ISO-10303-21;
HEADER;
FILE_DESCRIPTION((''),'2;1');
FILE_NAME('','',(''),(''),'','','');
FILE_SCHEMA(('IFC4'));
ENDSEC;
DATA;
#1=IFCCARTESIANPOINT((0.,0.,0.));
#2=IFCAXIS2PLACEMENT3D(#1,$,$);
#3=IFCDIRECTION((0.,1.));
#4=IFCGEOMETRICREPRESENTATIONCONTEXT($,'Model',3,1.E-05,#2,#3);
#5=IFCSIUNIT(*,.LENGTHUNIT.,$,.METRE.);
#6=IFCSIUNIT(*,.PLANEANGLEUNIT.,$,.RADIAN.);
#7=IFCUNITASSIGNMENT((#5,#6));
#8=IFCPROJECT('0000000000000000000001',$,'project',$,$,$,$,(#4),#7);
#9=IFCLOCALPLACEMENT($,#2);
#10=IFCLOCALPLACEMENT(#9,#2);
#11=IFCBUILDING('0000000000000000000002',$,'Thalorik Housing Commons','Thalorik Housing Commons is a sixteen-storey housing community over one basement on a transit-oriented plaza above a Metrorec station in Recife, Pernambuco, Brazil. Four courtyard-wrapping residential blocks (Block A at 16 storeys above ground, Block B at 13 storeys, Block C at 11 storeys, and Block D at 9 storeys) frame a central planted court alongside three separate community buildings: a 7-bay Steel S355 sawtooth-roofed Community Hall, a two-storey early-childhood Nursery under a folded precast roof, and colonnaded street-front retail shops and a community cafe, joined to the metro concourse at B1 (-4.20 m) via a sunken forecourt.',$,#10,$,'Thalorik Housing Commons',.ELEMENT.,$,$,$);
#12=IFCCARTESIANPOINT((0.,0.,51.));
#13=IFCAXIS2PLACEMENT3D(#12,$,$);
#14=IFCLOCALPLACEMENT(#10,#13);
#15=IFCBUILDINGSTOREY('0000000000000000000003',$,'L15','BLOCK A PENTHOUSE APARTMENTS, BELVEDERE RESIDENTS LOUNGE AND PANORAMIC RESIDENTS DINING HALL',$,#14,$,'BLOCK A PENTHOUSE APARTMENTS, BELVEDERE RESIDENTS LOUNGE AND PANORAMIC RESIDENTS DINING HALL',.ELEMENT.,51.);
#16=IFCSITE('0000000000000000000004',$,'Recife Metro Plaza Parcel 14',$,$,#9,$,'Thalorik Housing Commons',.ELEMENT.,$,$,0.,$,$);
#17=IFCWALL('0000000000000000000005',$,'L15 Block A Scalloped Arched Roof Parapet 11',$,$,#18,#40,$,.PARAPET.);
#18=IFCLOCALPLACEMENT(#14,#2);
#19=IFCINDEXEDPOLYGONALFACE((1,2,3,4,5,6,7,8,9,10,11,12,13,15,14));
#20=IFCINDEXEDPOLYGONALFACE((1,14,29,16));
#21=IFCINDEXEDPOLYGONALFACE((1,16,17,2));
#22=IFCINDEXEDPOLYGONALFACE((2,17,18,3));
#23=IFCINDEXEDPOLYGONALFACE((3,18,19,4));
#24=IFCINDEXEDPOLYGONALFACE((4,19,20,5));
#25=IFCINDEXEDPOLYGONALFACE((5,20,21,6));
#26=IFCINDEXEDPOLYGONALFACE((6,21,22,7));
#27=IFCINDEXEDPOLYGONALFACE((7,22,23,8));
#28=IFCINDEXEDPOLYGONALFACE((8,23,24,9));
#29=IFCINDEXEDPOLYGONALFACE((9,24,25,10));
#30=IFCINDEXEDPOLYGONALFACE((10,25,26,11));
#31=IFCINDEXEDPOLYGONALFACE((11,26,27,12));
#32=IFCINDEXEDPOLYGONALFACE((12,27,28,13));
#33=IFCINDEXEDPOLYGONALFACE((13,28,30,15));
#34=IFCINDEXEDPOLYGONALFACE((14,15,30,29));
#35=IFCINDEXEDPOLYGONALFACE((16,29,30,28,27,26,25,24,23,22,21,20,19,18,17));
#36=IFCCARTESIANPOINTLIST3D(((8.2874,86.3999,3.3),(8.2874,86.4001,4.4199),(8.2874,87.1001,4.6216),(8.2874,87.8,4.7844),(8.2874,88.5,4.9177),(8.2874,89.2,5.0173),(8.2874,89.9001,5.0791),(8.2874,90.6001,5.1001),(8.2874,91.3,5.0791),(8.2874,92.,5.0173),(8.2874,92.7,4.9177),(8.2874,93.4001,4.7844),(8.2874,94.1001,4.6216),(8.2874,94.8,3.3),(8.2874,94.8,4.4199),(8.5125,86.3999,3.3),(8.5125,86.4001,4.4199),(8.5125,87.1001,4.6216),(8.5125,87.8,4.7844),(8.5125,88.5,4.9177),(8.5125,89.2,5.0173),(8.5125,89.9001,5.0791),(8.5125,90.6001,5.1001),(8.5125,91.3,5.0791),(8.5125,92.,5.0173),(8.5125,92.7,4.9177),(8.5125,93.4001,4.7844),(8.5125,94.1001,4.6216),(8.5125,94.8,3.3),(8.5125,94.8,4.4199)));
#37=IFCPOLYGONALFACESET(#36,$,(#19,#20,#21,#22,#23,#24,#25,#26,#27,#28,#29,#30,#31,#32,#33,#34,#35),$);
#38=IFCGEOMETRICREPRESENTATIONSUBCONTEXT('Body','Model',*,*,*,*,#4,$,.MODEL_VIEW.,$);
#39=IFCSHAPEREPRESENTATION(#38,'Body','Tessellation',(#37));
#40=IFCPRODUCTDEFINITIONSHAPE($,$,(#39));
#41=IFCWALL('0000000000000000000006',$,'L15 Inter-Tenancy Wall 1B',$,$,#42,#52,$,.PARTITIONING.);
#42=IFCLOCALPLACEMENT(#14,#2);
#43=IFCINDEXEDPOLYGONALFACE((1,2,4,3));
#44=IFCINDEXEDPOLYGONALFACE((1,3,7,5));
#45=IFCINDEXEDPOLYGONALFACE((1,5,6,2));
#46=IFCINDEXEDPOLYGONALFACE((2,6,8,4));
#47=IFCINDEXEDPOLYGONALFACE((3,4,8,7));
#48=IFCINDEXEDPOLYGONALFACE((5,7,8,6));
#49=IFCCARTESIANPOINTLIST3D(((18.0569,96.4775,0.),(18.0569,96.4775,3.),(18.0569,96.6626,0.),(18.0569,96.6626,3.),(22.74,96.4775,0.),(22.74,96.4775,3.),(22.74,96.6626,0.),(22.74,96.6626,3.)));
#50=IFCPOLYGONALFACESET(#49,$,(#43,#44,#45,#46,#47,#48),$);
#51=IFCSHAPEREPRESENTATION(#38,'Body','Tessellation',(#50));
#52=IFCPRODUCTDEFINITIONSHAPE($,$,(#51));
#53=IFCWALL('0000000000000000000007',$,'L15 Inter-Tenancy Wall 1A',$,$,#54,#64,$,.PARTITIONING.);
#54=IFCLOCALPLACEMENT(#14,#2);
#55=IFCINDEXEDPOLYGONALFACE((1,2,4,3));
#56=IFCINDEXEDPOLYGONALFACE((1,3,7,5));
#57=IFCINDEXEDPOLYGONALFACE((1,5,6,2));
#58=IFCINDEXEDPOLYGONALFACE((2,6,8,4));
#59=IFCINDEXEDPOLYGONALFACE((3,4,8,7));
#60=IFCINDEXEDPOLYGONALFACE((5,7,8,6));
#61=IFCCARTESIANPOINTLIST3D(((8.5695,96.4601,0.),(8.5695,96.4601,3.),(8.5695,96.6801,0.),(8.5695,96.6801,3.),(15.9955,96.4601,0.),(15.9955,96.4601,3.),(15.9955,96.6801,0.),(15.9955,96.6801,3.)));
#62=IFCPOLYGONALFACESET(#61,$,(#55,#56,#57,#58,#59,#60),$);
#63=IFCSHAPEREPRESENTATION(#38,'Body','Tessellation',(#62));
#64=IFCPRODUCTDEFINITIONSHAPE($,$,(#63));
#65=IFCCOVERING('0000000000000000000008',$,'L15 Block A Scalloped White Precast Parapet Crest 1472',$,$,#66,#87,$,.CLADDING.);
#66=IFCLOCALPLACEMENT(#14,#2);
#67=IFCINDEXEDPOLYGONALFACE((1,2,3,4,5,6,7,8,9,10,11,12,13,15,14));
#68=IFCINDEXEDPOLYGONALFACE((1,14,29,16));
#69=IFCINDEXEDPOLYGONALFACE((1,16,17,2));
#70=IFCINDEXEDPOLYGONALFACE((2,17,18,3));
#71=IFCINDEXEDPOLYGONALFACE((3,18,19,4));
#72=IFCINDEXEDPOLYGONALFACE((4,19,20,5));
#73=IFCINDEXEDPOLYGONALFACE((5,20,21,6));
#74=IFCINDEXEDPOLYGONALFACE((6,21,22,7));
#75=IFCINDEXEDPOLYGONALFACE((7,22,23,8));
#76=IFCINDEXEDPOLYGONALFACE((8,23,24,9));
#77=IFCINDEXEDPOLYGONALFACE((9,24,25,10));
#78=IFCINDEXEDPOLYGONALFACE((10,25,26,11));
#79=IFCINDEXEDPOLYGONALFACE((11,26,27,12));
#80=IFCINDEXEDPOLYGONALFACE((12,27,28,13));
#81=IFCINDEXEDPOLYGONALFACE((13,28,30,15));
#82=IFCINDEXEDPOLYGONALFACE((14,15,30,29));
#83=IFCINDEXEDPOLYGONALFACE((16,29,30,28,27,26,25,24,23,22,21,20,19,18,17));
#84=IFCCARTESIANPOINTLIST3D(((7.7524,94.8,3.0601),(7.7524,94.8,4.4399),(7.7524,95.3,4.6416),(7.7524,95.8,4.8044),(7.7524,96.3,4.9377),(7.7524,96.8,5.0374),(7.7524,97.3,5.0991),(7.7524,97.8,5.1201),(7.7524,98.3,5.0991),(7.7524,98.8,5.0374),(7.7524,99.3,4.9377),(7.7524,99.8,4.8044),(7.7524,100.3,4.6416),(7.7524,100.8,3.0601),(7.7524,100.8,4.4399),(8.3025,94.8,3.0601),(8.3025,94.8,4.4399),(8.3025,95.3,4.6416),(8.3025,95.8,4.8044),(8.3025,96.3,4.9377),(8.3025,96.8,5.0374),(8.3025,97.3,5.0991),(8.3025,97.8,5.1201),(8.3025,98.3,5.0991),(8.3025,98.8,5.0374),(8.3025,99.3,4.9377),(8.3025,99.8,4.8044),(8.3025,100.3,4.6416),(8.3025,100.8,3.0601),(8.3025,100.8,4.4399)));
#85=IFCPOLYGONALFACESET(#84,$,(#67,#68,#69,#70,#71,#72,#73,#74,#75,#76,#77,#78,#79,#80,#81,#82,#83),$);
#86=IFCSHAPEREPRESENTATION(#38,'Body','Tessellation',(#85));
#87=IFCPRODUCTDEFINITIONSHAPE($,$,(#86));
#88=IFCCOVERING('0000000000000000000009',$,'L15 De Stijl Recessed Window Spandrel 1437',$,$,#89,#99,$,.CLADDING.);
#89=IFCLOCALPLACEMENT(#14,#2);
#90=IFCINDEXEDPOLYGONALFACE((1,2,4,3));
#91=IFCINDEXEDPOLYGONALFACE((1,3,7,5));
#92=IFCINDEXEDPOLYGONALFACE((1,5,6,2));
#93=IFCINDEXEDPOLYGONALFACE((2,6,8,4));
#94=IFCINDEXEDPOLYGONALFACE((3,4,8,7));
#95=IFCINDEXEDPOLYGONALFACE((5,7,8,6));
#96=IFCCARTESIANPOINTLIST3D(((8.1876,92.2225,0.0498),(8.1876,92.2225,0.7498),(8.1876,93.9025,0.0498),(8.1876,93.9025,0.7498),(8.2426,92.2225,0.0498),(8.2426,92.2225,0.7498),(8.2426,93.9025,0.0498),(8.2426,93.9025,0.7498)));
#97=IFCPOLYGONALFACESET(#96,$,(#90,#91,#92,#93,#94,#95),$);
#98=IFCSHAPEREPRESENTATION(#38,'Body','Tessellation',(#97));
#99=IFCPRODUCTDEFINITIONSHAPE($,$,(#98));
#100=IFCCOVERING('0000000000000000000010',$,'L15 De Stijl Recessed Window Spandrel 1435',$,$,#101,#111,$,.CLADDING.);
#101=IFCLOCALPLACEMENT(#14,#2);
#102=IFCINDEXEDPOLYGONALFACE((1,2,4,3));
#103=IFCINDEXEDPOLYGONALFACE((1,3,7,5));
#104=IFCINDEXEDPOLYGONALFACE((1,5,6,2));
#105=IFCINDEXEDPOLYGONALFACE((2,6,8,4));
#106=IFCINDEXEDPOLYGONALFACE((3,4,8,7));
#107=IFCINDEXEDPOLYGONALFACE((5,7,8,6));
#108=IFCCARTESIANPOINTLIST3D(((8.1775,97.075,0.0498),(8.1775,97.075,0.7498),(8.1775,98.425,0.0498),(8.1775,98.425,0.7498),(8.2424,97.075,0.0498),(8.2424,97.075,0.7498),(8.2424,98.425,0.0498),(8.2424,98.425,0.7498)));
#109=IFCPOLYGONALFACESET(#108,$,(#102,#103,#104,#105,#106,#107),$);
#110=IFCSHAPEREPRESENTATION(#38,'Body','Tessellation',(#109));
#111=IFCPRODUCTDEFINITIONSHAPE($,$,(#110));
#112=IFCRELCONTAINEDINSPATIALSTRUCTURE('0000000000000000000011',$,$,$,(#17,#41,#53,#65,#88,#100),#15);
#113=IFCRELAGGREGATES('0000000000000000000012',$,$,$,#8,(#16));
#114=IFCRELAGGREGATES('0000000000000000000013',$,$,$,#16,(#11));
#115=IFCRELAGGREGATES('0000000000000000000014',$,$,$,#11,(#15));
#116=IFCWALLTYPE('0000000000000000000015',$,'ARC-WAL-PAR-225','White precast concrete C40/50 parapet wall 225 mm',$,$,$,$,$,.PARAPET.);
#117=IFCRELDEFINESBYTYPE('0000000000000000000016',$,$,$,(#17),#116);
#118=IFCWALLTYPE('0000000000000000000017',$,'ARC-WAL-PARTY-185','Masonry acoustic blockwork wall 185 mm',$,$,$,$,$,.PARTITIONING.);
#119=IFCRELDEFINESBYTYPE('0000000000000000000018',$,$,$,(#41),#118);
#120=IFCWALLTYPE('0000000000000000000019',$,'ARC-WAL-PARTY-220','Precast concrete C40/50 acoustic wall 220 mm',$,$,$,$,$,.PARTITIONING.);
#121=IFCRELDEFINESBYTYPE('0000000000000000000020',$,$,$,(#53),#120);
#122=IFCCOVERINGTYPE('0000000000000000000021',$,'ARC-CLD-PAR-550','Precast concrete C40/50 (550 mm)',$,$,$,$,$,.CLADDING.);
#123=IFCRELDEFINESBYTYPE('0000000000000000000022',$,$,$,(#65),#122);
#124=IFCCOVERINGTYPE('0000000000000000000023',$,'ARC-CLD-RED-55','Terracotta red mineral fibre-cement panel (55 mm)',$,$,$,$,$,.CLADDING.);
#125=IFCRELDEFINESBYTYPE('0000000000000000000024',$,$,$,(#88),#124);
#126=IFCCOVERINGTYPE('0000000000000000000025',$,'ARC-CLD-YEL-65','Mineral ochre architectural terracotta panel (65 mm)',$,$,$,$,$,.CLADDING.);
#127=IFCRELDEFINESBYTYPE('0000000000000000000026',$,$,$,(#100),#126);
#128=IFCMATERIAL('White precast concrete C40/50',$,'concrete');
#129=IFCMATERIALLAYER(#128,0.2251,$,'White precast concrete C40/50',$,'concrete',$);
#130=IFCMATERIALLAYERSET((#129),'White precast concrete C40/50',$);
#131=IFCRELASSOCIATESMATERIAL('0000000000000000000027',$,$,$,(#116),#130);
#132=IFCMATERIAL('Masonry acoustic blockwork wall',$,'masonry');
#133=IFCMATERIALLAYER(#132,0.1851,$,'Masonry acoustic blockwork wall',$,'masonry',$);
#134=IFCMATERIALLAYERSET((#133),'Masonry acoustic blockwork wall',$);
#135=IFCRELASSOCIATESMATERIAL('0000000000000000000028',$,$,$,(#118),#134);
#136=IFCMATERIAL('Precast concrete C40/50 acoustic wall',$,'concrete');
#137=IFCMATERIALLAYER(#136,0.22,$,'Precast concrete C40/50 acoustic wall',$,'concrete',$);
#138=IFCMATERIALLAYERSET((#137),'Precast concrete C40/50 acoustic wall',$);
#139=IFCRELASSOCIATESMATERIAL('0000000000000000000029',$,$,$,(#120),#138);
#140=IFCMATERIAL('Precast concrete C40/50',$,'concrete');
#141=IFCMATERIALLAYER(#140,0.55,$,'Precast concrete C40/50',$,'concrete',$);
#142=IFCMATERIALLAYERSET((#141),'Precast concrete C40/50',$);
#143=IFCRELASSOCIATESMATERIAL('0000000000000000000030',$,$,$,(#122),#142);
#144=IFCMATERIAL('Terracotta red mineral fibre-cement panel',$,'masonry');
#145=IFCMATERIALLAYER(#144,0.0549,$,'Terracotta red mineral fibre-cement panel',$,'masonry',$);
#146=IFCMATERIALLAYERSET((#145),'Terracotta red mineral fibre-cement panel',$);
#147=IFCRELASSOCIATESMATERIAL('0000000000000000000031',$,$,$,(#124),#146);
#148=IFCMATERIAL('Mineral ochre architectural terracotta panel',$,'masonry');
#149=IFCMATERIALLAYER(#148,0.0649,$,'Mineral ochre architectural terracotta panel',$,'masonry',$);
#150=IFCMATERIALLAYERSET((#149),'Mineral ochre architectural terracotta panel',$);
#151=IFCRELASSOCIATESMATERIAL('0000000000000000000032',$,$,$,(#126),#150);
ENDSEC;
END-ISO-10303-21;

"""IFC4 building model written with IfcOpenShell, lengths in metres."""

from ifc_helpers import new_model, si_unit, direction, frame, frame_2d, origin, origin_2d, place, context, subcontext, project, spatial, polyline, rectangle, outline, extrude, material, layer, layer_set, type_object, element, save


model = new_model("IFC4")

# Units and contexts
model_context = context("Model", 3, precision=1e-05, world=origin(), true_north=direction((0.0, 1.0)))
body_context = subcontext(model_context, "Body", "Model", "MODEL_VIEW")
ifc_project = project(units=[si_unit("LENGTHUNIT", "METRE"), si_unit("PLANEANGLEUNIT", "RADIAN")], contexts=[model_context])

# Site, building, storey
site_placement = place(None, origin())
site = spatial("IfcSite", under=ifc_project, at=site_placement, Name="Recife Metro Plaza Parcel 14", LongName="Thalorik Housing Commons", CompositionType="ELEMENT", RefElevation=0.0)
building_placement = place(site_placement, origin())
building = spatial("IfcBuilding", under=site, at=building_placement, Name="Thalorik Housing Commons", Description="Thalorik Housing Commons is a sixteen-storey housing community over one basement on a transit-oriented plaza above a Metrorec station in Recife, Pernambuco, Brazil. Four courtyard-wrapping residential blocks (Block A at 16 storeys above ground, Block B at 13 storeys, Block C at 11 storeys, and Block D at 9 storeys) frame a central planted court alongside three separate community buildings: a 7-bay Steel S355 sawtooth-roofed Community Hall, a two-storey early-childhood Nursery under a folded precast roof, and colonnaded street-front retail shops and a community cafe, joined to the metro concourse at B1 (-4.20 m) via a sunken forecourt.", LongName="Thalorik Housing Commons", CompositionType="ELEMENT")
storey_placement = place(building_placement, frame((0.0, 0.0, 51.0)))
storey = spatial("IfcBuildingStorey", under=building, at=storey_placement, Name="L15", Description="BLOCK A PENTHOUSE APARTMENTS, BELVEDERE RESIDENTS LOUNGE AND PANORAMIC RESIDENTS DINING HALL", LongName="BLOCK A PENTHOUSE APARTMENTS, BELVEDERE RESIDENTS LOUNGE AND PANORAMIC RESIDENTS DINING HALL", CompositionType="ELEMENT", Elevation=51.0)

# Shared definitions
ifc_material_1 = material(Name="Precast concrete C40/50", Category="concrete")

# Shared definitions
ifc_material_2 = material(Name="White precast concrete C40/50", Category="concrete")

# Walls
ifc_layer_1 = layer(ifc_material_2, 0.2251, Name="White precast concrete C40/50", Category="concrete")
ifc_layer_set_1 = layer_set([ifc_layer_1], Name="White precast concrete C40/50")
wall_type_1 = type_object("IfcWallType", Name="ARC-WAL-PAR-225", Description="White precast concrete C40/50 parapet wall 225 mm", PredefinedType="PARAPET", material=ifc_layer_set_1)
wall_1_placement = place(storey_placement, frame((8.3999, 94.8, 3.3), z_axis=(0.0, 0.0, 1.0), x_axis=(0.0, -1.0, 0.0)))
element("IfcWall", 1, at=wall_1_placement, inside=storey, type_object=wall_type_1, Name="L15 Block A Scalloped Arched Roof Parapet 11", PredefinedType="PARAPET", context=body_context, shape_type="SweptSolid", body=[
    extrude(outline(polyline([(0.0, 0.0), (8.4001, 0.0), (8.3999, 1.1199), (7.7, 1.3215), (7.0, 1.4844), (6.3, 1.6177), (5.6001, 1.7173), (4.8999, 1.7791), (4.2, 1.8), (3.5, 1.7791), (2.8, 1.7173), (2.1001, 1.6177), (1.3999, 1.4844), (0.7, 1.3215), (0.0, 1.1199), (0.0, 0.0)])), frame((0.0, 0.1125, 0.0), z_axis=(0.0, -1.0, 0.0), x_axis=(1.0, 0.0, 0.0)), (0.0, 0.0, 1.0), 0.2251),
])
ifc_material_3 = material(Name="Masonry acoustic blockwork wall", Category="masonry")
ifc_layer_2 = layer(ifc_material_3, 0.1851, Name="Masonry acoustic blockwork wall", Category="masonry")
ifc_layer_set_2 = layer_set([ifc_layer_2], Name="Masonry acoustic blockwork wall")
wall_type_2 = type_object("IfcWallType", Name="ARC-WAL-PARTY-185", Description="Masonry acoustic blockwork wall 185 mm", PredefinedType="PARTITIONING", material=ifc_layer_set_2)
wall_2_placement = place(storey_placement, frame((18.0569, 96.5701, 0.0), z_axis=(0.0, 0.0, 1.0), x_axis=(1.0, 0.0, 0.0)))
element("IfcWall", 2, at=wall_2_placement, inside=storey, type_object=wall_type_2, Name="L15 Inter-Tenancy Wall 1B", PredefinedType="PARTITIONING", context=body_context, shape_type="SweptSolid", body=[
    extrude(rectangle(XDim=4.6831, YDim=0.1851, at=frame_2d((2.3416, 0.0))), origin(), (0.0, 0.0, 1.0), 3.0),
])
ifc_material_4 = material(Name="Precast concrete C40/50 acoustic wall", Category="concrete")
ifc_layer_3 = layer(ifc_material_4, 0.22, Name="Precast concrete C40/50 acoustic wall", Category="concrete")
ifc_layer_set_3 = layer_set([ifc_layer_3], Name="Precast concrete C40/50 acoustic wall")
wall_type_3 = type_object("IfcWallType", Name="ARC-WAL-PARTY-220", Description="Precast concrete C40/50 acoustic wall 220 mm", PredefinedType="PARTITIONING", material=ifc_layer_set_3)
wall_3_placement = place(storey_placement, frame((8.5696, 96.5701, 0.0), z_axis=(0.0, 0.0, 1.0), x_axis=(1.0, 0.0, 0.0)))
element("IfcWall", 3, at=wall_3_placement, inside=storey, type_object=wall_type_3, Name="L15 Inter-Tenancy Wall 1A", PredefinedType="PARTITIONING", context=body_context, shape_type="SweptSolid", body=[
    extrude(rectangle(XDim=7.426, YDim=0.22, at=frame_2d((3.7129, 0.0))), origin(), (0.0, 0.0, 1.0), 3.0),
])

# Coverings
ifc_layer_4 = layer(ifc_material_1, 0.55, Name="Precast concrete C40/50", Category="concrete")
ifc_layer_set_4 = layer_set([ifc_layer_4], Name="Precast concrete C40/50")
covering_type_1 = type_object("IfcCoveringType", Name="ARC-CLD-PAR-550", Description="Precast concrete C40/50 (550 mm)", PredefinedType="CLADDING", material=ifc_layer_set_4)
covering_1_placement = place(storey_placement, frame((8.0276, 97.8, 3.0601), z_axis=(0.0, 0.0, 1.0), x_axis=(0.0, -1.0, 0.0)))
element("IfcCovering", 4, at=covering_1_placement, inside=storey, type_object=covering_type_1, Name="L15 Block A Scalloped White Precast Parapet Crest 1472", PredefinedType="CLADDING", context=body_context, shape_type="SweptSolid", body=[
    extrude(outline(polyline([(-3.0, 0.0), (3.0, 0.0), (3.0, 1.3799), (2.5, 1.5815), (2.0, 1.7444), (1.5, 1.8777), (1.0, 1.9773), (0.5, 2.0391), (0.0, 2.0601), (-0.5, 2.0391), (-1.0, 1.9773), (-1.5, 1.8777), (-2.0, 1.7444), (-2.5, 1.5815), (-3.0, 1.3799), (-3.0, 0.0)])), frame((0.0, 0.2749, 0.0), z_axis=(0.0, -1.0, 0.0), x_axis=(1.0, 0.0, 0.0)), (0.0, 0.0, 1.0), 0.55),
])
ifc_material_5 = material(Name="Terracotta red mineral fibre-cement panel", Category="masonry")
ifc_layer_5 = layer(ifc_material_5, 0.0549, Name="Terracotta red mineral fibre-cement panel", Category="masonry")
ifc_layer_set_5 = layer_set([ifc_layer_5], Name="Terracotta red mineral fibre-cement panel")
covering_type_2 = type_object("IfcCoveringType", Name="ARC-CLD-RED-55", Description="Terracotta red mineral fibre-cement panel (55 mm)", PredefinedType="CLADDING", material=ifc_layer_set_5)
covering_2_placement = place(storey_placement, frame((8.2151, 93.0625, 0.0498), z_axis=(0.0, 0.0, 1.0), x_axis=(0.0, -1.0, 0.0)))
element("IfcCovering", 5, at=covering_2_placement, inside=storey, type_object=covering_type_2, Name="L15 De Stijl Recessed Window Spandrel 1437", PredefinedType="CLADDING", context=body_context, shape_type="SweptSolid", body=[
    extrude(rectangle(XDim=1.6799, YDim=0.0549, at=origin_2d()), origin(), (0.0, 0.0, 1.0), 0.7),
])
ifc_material_6 = material(Name="Mineral ochre architectural terracotta panel", Category="masonry")
ifc_layer_6 = layer(ifc_material_6, 0.0649, Name="Mineral ochre architectural terracotta panel", Category="masonry")
ifc_layer_set_6 = layer_set([ifc_layer_6], Name="Mineral ochre architectural terracotta panel")
covering_type_3 = type_object("IfcCoveringType", Name="ARC-CLD-YEL-65", Description="Mineral ochre architectural terracotta panel (65 mm)", PredefinedType="CLADDING", material=ifc_layer_set_6)
covering_3_placement = place(storey_placement, frame((8.21, 97.75, 0.0498), z_axis=(0.0, 0.0, 1.0), x_axis=(0.0, -1.0, 0.0)))
element("IfcCovering", 6, at=covering_3_placement, inside=storey, type_object=covering_type_3, Name="L15 De Stijl Recessed Window Spandrel 1435", PredefinedType="CLADDING", context=body_context, shape_type="SweptSolid", body=[
    extrude(rectangle(XDim=1.3501, YDim=0.0649, at=origin_2d()), origin(), (0.0, 0.0, 1.0), 0.7),
])

save(model, "model.ifc")
